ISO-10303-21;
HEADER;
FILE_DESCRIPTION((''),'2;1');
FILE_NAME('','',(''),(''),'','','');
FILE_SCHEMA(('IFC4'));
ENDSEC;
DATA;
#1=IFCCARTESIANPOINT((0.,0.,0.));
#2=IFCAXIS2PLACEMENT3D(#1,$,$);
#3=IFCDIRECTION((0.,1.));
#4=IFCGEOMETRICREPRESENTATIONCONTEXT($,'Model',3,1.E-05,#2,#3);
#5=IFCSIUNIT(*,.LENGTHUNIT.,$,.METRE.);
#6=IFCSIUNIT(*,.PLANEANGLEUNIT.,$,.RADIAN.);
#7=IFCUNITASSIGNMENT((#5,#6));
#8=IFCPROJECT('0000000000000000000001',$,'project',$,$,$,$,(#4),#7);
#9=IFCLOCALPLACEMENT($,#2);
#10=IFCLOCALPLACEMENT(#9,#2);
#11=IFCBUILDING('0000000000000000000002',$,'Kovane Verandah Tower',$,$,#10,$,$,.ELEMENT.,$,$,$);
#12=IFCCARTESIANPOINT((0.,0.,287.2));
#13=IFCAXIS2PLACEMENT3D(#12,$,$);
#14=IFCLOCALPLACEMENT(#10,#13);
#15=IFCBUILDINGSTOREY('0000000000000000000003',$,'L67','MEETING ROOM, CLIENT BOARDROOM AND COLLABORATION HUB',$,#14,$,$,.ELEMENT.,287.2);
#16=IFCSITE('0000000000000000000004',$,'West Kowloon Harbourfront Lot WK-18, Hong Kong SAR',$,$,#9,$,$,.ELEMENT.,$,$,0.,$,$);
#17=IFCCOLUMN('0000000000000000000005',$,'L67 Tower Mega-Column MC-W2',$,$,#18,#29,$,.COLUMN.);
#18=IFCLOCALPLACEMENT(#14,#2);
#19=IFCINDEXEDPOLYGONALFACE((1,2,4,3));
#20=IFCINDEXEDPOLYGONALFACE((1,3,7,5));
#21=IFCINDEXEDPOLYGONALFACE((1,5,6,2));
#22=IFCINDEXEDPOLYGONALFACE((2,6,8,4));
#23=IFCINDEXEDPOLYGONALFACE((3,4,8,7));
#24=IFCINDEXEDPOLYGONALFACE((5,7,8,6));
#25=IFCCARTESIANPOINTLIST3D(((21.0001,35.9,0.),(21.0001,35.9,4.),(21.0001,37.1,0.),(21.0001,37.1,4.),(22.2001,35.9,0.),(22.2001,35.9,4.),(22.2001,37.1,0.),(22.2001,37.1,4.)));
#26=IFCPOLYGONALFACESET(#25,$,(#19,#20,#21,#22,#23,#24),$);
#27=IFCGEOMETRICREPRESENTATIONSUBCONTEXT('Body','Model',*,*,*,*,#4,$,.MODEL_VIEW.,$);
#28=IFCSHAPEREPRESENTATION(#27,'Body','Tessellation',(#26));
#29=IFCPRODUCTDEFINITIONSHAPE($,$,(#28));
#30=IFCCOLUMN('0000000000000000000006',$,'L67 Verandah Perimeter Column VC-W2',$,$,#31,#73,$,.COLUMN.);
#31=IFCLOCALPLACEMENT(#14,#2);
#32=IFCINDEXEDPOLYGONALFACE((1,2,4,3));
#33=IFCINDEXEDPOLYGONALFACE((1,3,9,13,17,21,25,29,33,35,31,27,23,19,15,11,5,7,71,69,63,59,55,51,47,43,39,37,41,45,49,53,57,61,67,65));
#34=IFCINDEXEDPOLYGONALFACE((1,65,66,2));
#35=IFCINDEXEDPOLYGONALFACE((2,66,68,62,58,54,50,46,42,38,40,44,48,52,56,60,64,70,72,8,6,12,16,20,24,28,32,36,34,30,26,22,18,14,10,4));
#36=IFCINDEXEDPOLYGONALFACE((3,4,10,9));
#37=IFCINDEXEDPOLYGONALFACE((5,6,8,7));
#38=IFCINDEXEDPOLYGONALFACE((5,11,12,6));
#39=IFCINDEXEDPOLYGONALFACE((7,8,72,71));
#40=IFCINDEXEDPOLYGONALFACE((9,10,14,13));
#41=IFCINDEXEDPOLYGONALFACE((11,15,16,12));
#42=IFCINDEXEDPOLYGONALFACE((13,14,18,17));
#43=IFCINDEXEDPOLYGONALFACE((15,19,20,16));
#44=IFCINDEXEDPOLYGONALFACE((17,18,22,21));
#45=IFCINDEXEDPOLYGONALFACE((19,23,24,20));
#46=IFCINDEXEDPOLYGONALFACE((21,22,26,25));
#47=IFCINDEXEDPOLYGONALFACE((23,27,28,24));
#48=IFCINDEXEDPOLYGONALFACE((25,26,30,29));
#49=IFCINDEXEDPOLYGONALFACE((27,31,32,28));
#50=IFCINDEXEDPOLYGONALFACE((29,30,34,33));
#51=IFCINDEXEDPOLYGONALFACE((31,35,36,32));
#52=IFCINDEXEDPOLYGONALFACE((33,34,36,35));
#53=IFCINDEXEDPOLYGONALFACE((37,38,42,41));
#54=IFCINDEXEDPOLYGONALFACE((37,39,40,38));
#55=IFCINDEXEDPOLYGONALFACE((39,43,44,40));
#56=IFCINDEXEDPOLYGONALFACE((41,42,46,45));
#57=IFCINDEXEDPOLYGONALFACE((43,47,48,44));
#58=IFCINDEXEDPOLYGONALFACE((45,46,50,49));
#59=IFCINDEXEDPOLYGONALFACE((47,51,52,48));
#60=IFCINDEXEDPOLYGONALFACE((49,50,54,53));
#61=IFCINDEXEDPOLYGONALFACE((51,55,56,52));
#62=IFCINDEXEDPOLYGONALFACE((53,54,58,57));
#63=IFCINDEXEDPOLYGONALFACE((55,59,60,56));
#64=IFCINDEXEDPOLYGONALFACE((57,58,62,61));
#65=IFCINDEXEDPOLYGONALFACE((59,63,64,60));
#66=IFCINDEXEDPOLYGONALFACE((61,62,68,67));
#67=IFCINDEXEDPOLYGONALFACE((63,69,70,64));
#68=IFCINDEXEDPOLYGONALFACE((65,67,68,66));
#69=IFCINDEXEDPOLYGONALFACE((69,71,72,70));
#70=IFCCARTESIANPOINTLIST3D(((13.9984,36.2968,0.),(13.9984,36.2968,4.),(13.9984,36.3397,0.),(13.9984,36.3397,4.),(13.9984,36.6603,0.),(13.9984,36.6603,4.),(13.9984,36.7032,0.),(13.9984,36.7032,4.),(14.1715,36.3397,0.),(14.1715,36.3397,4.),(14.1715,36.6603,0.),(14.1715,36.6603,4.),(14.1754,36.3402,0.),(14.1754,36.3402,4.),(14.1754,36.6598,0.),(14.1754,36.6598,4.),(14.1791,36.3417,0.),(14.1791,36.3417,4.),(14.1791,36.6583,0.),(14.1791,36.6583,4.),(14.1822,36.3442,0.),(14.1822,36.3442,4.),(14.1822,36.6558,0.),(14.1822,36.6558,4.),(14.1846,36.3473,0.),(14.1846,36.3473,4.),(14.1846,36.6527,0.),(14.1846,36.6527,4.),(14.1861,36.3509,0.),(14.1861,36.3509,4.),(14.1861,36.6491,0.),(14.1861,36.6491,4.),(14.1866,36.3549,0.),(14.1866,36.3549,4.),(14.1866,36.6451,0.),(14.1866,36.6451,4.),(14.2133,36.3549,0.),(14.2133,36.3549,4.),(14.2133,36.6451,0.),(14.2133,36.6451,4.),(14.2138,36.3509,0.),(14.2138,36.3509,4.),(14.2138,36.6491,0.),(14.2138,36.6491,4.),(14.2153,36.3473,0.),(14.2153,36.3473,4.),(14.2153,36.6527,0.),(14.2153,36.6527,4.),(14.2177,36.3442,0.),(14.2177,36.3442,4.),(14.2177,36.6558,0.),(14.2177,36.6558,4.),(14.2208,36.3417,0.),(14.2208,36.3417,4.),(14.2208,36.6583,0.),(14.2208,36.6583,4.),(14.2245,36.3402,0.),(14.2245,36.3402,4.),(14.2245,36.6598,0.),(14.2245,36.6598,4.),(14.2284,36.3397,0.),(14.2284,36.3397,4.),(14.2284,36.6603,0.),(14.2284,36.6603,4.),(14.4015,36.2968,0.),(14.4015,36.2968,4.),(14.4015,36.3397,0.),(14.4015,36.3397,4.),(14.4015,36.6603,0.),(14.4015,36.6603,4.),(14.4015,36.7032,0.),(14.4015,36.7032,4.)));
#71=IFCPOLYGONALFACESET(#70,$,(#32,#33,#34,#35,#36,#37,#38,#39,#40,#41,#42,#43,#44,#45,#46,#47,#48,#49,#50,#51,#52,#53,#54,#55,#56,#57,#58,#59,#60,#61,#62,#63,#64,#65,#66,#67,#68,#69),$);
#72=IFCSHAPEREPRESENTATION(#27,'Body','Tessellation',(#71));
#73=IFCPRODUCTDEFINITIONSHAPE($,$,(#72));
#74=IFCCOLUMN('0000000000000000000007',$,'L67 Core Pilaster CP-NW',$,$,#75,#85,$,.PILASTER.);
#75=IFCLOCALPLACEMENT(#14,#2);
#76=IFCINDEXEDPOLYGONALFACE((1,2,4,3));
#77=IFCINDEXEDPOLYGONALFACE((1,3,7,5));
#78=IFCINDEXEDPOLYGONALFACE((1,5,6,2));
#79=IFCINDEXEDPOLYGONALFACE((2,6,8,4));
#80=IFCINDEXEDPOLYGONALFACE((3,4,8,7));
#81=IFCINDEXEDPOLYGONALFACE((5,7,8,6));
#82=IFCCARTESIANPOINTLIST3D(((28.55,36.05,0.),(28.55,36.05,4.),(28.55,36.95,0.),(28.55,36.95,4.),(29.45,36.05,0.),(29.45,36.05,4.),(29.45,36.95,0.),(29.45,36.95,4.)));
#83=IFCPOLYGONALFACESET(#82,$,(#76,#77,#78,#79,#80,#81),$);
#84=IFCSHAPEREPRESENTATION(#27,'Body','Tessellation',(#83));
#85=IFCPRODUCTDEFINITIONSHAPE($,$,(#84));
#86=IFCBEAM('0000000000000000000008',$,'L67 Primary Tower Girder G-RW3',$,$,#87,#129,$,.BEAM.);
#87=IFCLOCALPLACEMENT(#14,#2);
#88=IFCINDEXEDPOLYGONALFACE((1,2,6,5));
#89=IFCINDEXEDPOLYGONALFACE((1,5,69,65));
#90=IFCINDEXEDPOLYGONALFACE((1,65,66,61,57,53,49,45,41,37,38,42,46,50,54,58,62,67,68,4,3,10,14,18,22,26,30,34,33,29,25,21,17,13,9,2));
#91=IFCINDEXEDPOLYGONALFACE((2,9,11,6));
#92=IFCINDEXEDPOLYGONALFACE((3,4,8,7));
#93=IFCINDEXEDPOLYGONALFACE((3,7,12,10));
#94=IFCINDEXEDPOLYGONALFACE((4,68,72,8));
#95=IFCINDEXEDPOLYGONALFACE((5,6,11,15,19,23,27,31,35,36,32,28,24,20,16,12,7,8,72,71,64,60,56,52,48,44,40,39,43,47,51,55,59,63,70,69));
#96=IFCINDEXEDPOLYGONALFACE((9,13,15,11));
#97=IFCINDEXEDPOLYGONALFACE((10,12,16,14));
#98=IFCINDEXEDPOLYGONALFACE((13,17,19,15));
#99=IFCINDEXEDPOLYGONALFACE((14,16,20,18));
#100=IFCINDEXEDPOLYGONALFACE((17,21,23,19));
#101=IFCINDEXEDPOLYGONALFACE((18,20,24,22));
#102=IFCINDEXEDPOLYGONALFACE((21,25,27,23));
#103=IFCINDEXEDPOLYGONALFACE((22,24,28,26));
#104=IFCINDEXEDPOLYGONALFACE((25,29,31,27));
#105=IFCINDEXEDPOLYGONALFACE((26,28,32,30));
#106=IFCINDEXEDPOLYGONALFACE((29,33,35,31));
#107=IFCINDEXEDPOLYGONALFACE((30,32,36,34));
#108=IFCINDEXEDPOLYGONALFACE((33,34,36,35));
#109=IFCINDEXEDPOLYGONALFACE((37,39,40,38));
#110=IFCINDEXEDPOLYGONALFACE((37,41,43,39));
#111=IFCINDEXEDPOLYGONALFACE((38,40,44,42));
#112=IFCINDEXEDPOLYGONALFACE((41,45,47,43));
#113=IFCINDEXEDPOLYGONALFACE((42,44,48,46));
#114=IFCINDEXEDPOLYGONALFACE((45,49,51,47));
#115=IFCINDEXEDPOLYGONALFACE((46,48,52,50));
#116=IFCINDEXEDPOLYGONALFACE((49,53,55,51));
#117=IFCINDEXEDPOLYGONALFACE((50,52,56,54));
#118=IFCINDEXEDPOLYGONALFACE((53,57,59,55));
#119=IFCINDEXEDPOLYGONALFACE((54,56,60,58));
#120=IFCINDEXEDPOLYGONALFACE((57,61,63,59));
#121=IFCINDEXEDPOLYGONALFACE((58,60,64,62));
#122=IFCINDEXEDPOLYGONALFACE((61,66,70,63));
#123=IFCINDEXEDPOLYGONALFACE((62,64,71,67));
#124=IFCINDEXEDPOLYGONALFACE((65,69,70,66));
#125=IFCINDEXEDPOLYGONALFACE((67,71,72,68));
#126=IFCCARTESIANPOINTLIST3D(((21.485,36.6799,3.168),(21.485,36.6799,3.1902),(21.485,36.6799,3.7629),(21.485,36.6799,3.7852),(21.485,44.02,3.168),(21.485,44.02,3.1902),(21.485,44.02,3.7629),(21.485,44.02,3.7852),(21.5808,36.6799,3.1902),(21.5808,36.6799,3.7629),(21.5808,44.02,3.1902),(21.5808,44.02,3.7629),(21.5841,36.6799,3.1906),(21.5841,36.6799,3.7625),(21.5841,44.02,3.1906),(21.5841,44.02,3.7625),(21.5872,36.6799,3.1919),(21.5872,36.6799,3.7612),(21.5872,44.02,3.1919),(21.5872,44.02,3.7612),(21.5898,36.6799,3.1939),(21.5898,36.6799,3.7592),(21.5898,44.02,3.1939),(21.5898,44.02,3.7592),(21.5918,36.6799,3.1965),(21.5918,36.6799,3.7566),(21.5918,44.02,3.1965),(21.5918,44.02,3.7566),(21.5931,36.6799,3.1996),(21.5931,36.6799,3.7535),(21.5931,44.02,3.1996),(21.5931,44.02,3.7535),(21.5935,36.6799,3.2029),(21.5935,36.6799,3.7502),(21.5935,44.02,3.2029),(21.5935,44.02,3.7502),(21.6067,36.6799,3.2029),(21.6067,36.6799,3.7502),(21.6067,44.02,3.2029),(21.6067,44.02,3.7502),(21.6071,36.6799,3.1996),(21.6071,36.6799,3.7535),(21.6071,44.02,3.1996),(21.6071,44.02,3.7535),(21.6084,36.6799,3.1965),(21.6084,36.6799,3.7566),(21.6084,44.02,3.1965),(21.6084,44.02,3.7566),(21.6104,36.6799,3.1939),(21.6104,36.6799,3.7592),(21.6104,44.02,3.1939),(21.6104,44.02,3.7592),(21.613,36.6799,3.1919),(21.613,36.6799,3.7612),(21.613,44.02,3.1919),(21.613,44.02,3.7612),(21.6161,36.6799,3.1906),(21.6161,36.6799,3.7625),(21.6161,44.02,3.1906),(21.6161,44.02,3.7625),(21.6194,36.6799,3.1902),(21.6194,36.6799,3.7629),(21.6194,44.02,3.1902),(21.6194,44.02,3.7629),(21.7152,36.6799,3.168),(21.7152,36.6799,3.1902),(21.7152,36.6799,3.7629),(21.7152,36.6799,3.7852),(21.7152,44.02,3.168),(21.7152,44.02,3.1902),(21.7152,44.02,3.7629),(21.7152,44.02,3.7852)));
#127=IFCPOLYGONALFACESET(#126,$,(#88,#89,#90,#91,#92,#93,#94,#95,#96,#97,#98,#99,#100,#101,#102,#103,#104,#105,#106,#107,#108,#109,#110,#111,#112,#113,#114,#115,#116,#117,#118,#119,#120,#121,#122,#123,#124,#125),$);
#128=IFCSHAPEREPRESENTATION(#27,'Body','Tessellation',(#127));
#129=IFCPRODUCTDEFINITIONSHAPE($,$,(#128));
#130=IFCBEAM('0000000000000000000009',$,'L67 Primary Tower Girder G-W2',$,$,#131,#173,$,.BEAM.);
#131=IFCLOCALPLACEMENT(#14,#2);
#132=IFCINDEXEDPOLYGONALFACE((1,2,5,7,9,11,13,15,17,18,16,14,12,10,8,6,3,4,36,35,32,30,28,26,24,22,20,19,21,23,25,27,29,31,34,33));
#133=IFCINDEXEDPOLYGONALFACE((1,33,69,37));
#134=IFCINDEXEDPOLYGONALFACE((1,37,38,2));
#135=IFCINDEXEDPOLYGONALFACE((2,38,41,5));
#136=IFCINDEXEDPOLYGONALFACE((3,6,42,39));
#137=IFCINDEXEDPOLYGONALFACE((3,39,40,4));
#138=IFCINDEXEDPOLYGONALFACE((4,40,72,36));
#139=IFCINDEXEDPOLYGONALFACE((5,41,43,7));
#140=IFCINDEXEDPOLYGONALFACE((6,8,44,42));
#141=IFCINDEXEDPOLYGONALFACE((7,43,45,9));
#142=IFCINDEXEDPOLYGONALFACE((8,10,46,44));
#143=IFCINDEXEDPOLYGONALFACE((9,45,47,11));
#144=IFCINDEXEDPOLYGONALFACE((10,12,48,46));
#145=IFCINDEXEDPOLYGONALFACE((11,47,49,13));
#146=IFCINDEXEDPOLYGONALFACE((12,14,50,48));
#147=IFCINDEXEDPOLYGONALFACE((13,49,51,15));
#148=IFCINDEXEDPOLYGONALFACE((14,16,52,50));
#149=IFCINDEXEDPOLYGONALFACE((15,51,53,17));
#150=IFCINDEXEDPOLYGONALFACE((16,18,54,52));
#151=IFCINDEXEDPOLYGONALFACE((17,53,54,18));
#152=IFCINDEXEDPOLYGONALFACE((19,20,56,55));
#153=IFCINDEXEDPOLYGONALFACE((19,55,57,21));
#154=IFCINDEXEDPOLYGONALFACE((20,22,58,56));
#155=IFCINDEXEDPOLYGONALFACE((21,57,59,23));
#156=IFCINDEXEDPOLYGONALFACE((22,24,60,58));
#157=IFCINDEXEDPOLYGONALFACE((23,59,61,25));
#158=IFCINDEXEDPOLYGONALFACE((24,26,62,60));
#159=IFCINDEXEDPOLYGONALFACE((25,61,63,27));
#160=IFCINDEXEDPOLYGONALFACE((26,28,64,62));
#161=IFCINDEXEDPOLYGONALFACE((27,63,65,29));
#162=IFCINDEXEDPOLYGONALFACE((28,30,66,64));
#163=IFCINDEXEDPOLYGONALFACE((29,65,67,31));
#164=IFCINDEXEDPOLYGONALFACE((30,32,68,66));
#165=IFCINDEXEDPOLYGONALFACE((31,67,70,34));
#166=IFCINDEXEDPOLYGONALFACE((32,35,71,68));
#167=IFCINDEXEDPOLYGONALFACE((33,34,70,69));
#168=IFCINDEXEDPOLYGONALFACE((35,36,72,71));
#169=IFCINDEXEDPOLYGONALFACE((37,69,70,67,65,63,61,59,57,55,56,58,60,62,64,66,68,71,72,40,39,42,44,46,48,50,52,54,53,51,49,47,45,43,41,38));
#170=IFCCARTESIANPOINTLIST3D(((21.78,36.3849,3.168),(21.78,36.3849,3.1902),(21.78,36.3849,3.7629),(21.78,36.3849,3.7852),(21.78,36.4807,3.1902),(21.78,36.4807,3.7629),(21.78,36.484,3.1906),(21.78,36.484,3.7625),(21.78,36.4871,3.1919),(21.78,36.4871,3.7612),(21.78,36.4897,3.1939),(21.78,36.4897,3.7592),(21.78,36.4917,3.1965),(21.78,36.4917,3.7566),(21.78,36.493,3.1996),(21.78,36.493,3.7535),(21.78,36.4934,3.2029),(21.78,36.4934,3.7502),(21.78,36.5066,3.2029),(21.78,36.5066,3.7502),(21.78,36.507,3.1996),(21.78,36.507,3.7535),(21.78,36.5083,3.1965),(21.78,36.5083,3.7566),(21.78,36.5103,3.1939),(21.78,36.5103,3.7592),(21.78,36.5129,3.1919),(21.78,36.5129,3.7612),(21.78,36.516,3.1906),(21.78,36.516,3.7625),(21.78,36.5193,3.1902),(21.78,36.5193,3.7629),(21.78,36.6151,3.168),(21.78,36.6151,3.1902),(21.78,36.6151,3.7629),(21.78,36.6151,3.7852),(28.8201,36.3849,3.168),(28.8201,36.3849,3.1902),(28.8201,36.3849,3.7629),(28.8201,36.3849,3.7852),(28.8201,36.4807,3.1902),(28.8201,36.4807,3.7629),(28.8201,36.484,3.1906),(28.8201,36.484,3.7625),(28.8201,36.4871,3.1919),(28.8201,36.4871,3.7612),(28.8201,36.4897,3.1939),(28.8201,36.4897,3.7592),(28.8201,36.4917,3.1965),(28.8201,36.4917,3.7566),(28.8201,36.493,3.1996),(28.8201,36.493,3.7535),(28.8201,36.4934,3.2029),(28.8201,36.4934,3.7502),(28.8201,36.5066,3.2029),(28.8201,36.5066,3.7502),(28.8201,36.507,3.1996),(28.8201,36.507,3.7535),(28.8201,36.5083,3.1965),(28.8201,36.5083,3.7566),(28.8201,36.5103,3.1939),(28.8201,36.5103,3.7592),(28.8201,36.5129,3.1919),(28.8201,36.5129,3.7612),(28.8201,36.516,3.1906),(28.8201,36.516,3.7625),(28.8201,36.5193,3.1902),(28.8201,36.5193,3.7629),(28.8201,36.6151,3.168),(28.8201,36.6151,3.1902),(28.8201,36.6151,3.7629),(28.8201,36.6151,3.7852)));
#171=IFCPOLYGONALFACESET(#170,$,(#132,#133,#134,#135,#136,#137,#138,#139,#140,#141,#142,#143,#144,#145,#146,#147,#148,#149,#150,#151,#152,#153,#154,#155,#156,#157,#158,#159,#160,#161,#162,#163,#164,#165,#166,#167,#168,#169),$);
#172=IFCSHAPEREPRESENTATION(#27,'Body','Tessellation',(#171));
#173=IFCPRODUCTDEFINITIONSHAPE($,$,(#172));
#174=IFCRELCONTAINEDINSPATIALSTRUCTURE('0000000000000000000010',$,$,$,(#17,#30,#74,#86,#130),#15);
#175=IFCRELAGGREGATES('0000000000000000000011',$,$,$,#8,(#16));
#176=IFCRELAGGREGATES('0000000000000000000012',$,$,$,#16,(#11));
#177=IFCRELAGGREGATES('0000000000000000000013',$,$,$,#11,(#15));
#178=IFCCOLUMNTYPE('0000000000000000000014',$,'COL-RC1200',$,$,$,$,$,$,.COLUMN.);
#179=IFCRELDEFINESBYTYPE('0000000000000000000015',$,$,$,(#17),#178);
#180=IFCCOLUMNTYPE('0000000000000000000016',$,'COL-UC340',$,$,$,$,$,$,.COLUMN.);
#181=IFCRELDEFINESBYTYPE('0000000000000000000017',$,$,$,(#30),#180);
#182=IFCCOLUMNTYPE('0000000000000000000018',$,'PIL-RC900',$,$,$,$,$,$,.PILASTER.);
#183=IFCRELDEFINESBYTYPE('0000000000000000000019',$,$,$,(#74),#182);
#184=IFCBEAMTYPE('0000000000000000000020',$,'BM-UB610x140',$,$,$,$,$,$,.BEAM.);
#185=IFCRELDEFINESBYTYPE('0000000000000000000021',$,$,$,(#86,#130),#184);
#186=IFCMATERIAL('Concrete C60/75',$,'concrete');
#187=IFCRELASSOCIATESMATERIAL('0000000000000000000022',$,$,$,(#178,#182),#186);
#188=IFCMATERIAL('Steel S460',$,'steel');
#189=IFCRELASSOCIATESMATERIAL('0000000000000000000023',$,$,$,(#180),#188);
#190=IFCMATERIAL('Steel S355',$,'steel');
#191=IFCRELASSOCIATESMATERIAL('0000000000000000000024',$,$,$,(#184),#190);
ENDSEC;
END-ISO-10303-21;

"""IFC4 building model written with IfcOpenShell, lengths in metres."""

from ifc_helpers import new_model, si_unit, direction, frame, origin, origin_2d, place, context, subcontext, project, spatial, rectangle, i_section, extrude, material, material_profile, profile_set, type_object, element, save


model = new_model("IFC4")

# Units and contexts
model_context = context("Model", 3, precision=1e-05, world=origin(), true_north=direction((0.0, 1.0)))
body_context = subcontext(model_context, "Body", "Model", "MODEL_VIEW")
ifc_project = project(units=[si_unit("LENGTHUNIT", "METRE"), si_unit("PLANEANGLEUNIT", "RADIAN")], contexts=[model_context])

# Site, building, storey
site_placement = place(None, origin())
site = spatial("IfcSite", under=ifc_project, at=site_placement, Name="West Kowloon Harbourfront Lot WK-18, Hong Kong SAR", CompositionType="ELEMENT", RefElevation=0.0)
building_placement = place(site_placement, origin())
building = spatial("IfcBuilding", under=site, at=building_placement, Name="Kovane Verandah Tower", CompositionType="ELEMENT")
storey_placement = place(building_placement, frame((0.0, 0.0, 287.2)))
storey = spatial("IfcBuildingStorey", under=building, at=storey_placement, Name="L67", Description="MEETING ROOM, CLIENT BOARDROOM AND COLLABORATION HUB", CompositionType="ELEMENT", Elevation=287.2)

# Columns
ifc_material_1 = material(Name="Concrete C60/75", Category="concrete")
ifc_material_profile_1 = material_profile(ifc_material_1, rectangle(XDim=1.2, YDim=1.2, at=origin_2d()), Name="RC1200x1200")
ifc_profile_set_1 = profile_set([ifc_material_profile_1], Name="Concrete C60/75")
column_type_1 = type_object("IfcColumnType", Name="COL-RC1200", PredefinedType="COLUMN", material=ifc_profile_set_1)
column_1_placement = place(storey_placement, frame((21.6001, 36.5, 0.0), z_axis=(0.0, 0.0, 1.0), x_axis=(1.0, 0.0, 0.0)))
element("IfcColumn", 1, at=column_1_placement, inside=storey, type_object=column_type_1, Name="L67 Tower Mega-Column MC-W2", PredefinedType="COLUMN", context=body_context, shape_type="SweptSolid", body=[
    extrude(rectangle(XDim=1.2, YDim=1.2, at=origin_2d()), origin(), (0.0, 0.0, 1.0), 4.0),
])
ifc_material_2 = material(Name="Steel S460", Category="steel")
ifc_material_profile_2 = material_profile(ifc_material_2, i_section(OverallWidth=0.4031, OverallDepth=0.4065, WebThickness=0.0266, FlangeThickness=0.043, FilletRadius=0.0151, at=origin_2d()), Name="UC356x406x340")
ifc_profile_set_2 = profile_set([ifc_material_profile_2], Name="Steel S460")
column_type_2 = type_object("IfcColumnType", Name="COL-UC340", PredefinedType="COLUMN", material=ifc_profile_set_2)
column_2_placement = place(storey_placement, frame((14.2, 36.5, 0.0), z_axis=(0.0, 0.0, 1.0), x_axis=(1.0, 0.0, 0.0)))
element("IfcColumn", 2, at=column_2_placement, inside=storey, type_object=column_type_2, Name="L67 Verandah Perimeter Column VC-W2", PredefinedType="COLUMN", context=body_context, shape_type="SweptSolid", body=[
    extrude(i_section(OverallWidth=0.4031, OverallDepth=0.4065, WebThickness=0.0266, FlangeThickness=0.043, FilletRadius=0.0151, at=origin_2d()), origin(), (0.0, 0.0, 1.0), 4.0),
])
ifc_material_profile_3 = material_profile(ifc_material_1, rectangle(XDim=0.8999, YDim=0.8999, at=origin_2d()), Name="RC900x900")
ifc_profile_set_3 = profile_set([ifc_material_profile_3], Name="Concrete C60/75")
column_type_3 = type_object("IfcColumnType", Name="PIL-RC900", PredefinedType="PILASTER", material=ifc_profile_set_3)
column_3_placement = place(storey_placement, frame((29.0, 36.5, 0.0), z_axis=(0.0, 0.0, 1.0), x_axis=(1.0, 0.0, 0.0)))
element("IfcColumn", 3, at=column_3_placement, inside=storey, type_object=column_type_3, Name="L67 Core Pilaster CP-NW", PredefinedType="PILASTER", context=body_context, shape_type="SweptSolid", body=[
    extrude(rectangle(XDim=0.8999, YDim=0.8999, at=origin_2d()), origin(), (0.0, 0.0, 1.0), 4.0),
])

# Beams
ifc_material_3 = material(Name="Steel S355", Category="steel")
ifc_material_profile_4 = material_profile(ifc_material_3, i_section(OverallWidth=0.2302, OverallDepth=0.6172, WebThickness=0.0132, FlangeThickness=0.0222, FilletRadius=0.0127, at=origin_2d()), Name="UB610x229x140")
ifc_profile_set_4 = profile_set([ifc_material_profile_4], Name="Steel S355")
beam_type_1 = type_object("IfcBeamType", Name="BM-UB610x140", PredefinedType="BEAM", material=ifc_profile_set_4)
beam_1_placement = place(storey_placement, frame((21.6001, 36.6799, 3.4766), z_axis=(0.0, 1.0, 0.0), x_axis=(-1.0, 0.0, 0.0)))
element("IfcBeam", 4, at=beam_1_placement, inside=storey, type_object=beam_type_1, Name="L67 Primary Tower Girder G-RW3", PredefinedType="BEAM", context=body_context, shape_type="SweptSolid", body=[
    extrude(i_section(OverallWidth=0.2302, OverallDepth=0.6172, WebThickness=0.0132, FlangeThickness=0.0222, FilletRadius=0.0127, at=origin_2d()), origin(), (0.0, 0.0, 1.0), 7.3401),
])
beam_2_placement = place(storey_placement, frame((28.8201, 36.5, 3.4766), z_axis=(-1.0, 0.0, 0.0), x_axis=(0.0, -1.0, 0.0)))
element("IfcBeam", 5, at=beam_2_placement, inside=storey, type_object=beam_type_1, Name="L67 Primary Tower Girder G-W2", PredefinedType="BEAM", context=body_context, shape_type="SweptSolid", body=[
    extrude(i_section(OverallWidth=0.2302, OverallDepth=0.6172, WebThickness=0.0132, FlangeThickness=0.0222, FilletRadius=0.0127, at=origin_2d()), origin(), (0.0, 0.0, 1.0), 7.04),
])

save(model, "model.ifc")
